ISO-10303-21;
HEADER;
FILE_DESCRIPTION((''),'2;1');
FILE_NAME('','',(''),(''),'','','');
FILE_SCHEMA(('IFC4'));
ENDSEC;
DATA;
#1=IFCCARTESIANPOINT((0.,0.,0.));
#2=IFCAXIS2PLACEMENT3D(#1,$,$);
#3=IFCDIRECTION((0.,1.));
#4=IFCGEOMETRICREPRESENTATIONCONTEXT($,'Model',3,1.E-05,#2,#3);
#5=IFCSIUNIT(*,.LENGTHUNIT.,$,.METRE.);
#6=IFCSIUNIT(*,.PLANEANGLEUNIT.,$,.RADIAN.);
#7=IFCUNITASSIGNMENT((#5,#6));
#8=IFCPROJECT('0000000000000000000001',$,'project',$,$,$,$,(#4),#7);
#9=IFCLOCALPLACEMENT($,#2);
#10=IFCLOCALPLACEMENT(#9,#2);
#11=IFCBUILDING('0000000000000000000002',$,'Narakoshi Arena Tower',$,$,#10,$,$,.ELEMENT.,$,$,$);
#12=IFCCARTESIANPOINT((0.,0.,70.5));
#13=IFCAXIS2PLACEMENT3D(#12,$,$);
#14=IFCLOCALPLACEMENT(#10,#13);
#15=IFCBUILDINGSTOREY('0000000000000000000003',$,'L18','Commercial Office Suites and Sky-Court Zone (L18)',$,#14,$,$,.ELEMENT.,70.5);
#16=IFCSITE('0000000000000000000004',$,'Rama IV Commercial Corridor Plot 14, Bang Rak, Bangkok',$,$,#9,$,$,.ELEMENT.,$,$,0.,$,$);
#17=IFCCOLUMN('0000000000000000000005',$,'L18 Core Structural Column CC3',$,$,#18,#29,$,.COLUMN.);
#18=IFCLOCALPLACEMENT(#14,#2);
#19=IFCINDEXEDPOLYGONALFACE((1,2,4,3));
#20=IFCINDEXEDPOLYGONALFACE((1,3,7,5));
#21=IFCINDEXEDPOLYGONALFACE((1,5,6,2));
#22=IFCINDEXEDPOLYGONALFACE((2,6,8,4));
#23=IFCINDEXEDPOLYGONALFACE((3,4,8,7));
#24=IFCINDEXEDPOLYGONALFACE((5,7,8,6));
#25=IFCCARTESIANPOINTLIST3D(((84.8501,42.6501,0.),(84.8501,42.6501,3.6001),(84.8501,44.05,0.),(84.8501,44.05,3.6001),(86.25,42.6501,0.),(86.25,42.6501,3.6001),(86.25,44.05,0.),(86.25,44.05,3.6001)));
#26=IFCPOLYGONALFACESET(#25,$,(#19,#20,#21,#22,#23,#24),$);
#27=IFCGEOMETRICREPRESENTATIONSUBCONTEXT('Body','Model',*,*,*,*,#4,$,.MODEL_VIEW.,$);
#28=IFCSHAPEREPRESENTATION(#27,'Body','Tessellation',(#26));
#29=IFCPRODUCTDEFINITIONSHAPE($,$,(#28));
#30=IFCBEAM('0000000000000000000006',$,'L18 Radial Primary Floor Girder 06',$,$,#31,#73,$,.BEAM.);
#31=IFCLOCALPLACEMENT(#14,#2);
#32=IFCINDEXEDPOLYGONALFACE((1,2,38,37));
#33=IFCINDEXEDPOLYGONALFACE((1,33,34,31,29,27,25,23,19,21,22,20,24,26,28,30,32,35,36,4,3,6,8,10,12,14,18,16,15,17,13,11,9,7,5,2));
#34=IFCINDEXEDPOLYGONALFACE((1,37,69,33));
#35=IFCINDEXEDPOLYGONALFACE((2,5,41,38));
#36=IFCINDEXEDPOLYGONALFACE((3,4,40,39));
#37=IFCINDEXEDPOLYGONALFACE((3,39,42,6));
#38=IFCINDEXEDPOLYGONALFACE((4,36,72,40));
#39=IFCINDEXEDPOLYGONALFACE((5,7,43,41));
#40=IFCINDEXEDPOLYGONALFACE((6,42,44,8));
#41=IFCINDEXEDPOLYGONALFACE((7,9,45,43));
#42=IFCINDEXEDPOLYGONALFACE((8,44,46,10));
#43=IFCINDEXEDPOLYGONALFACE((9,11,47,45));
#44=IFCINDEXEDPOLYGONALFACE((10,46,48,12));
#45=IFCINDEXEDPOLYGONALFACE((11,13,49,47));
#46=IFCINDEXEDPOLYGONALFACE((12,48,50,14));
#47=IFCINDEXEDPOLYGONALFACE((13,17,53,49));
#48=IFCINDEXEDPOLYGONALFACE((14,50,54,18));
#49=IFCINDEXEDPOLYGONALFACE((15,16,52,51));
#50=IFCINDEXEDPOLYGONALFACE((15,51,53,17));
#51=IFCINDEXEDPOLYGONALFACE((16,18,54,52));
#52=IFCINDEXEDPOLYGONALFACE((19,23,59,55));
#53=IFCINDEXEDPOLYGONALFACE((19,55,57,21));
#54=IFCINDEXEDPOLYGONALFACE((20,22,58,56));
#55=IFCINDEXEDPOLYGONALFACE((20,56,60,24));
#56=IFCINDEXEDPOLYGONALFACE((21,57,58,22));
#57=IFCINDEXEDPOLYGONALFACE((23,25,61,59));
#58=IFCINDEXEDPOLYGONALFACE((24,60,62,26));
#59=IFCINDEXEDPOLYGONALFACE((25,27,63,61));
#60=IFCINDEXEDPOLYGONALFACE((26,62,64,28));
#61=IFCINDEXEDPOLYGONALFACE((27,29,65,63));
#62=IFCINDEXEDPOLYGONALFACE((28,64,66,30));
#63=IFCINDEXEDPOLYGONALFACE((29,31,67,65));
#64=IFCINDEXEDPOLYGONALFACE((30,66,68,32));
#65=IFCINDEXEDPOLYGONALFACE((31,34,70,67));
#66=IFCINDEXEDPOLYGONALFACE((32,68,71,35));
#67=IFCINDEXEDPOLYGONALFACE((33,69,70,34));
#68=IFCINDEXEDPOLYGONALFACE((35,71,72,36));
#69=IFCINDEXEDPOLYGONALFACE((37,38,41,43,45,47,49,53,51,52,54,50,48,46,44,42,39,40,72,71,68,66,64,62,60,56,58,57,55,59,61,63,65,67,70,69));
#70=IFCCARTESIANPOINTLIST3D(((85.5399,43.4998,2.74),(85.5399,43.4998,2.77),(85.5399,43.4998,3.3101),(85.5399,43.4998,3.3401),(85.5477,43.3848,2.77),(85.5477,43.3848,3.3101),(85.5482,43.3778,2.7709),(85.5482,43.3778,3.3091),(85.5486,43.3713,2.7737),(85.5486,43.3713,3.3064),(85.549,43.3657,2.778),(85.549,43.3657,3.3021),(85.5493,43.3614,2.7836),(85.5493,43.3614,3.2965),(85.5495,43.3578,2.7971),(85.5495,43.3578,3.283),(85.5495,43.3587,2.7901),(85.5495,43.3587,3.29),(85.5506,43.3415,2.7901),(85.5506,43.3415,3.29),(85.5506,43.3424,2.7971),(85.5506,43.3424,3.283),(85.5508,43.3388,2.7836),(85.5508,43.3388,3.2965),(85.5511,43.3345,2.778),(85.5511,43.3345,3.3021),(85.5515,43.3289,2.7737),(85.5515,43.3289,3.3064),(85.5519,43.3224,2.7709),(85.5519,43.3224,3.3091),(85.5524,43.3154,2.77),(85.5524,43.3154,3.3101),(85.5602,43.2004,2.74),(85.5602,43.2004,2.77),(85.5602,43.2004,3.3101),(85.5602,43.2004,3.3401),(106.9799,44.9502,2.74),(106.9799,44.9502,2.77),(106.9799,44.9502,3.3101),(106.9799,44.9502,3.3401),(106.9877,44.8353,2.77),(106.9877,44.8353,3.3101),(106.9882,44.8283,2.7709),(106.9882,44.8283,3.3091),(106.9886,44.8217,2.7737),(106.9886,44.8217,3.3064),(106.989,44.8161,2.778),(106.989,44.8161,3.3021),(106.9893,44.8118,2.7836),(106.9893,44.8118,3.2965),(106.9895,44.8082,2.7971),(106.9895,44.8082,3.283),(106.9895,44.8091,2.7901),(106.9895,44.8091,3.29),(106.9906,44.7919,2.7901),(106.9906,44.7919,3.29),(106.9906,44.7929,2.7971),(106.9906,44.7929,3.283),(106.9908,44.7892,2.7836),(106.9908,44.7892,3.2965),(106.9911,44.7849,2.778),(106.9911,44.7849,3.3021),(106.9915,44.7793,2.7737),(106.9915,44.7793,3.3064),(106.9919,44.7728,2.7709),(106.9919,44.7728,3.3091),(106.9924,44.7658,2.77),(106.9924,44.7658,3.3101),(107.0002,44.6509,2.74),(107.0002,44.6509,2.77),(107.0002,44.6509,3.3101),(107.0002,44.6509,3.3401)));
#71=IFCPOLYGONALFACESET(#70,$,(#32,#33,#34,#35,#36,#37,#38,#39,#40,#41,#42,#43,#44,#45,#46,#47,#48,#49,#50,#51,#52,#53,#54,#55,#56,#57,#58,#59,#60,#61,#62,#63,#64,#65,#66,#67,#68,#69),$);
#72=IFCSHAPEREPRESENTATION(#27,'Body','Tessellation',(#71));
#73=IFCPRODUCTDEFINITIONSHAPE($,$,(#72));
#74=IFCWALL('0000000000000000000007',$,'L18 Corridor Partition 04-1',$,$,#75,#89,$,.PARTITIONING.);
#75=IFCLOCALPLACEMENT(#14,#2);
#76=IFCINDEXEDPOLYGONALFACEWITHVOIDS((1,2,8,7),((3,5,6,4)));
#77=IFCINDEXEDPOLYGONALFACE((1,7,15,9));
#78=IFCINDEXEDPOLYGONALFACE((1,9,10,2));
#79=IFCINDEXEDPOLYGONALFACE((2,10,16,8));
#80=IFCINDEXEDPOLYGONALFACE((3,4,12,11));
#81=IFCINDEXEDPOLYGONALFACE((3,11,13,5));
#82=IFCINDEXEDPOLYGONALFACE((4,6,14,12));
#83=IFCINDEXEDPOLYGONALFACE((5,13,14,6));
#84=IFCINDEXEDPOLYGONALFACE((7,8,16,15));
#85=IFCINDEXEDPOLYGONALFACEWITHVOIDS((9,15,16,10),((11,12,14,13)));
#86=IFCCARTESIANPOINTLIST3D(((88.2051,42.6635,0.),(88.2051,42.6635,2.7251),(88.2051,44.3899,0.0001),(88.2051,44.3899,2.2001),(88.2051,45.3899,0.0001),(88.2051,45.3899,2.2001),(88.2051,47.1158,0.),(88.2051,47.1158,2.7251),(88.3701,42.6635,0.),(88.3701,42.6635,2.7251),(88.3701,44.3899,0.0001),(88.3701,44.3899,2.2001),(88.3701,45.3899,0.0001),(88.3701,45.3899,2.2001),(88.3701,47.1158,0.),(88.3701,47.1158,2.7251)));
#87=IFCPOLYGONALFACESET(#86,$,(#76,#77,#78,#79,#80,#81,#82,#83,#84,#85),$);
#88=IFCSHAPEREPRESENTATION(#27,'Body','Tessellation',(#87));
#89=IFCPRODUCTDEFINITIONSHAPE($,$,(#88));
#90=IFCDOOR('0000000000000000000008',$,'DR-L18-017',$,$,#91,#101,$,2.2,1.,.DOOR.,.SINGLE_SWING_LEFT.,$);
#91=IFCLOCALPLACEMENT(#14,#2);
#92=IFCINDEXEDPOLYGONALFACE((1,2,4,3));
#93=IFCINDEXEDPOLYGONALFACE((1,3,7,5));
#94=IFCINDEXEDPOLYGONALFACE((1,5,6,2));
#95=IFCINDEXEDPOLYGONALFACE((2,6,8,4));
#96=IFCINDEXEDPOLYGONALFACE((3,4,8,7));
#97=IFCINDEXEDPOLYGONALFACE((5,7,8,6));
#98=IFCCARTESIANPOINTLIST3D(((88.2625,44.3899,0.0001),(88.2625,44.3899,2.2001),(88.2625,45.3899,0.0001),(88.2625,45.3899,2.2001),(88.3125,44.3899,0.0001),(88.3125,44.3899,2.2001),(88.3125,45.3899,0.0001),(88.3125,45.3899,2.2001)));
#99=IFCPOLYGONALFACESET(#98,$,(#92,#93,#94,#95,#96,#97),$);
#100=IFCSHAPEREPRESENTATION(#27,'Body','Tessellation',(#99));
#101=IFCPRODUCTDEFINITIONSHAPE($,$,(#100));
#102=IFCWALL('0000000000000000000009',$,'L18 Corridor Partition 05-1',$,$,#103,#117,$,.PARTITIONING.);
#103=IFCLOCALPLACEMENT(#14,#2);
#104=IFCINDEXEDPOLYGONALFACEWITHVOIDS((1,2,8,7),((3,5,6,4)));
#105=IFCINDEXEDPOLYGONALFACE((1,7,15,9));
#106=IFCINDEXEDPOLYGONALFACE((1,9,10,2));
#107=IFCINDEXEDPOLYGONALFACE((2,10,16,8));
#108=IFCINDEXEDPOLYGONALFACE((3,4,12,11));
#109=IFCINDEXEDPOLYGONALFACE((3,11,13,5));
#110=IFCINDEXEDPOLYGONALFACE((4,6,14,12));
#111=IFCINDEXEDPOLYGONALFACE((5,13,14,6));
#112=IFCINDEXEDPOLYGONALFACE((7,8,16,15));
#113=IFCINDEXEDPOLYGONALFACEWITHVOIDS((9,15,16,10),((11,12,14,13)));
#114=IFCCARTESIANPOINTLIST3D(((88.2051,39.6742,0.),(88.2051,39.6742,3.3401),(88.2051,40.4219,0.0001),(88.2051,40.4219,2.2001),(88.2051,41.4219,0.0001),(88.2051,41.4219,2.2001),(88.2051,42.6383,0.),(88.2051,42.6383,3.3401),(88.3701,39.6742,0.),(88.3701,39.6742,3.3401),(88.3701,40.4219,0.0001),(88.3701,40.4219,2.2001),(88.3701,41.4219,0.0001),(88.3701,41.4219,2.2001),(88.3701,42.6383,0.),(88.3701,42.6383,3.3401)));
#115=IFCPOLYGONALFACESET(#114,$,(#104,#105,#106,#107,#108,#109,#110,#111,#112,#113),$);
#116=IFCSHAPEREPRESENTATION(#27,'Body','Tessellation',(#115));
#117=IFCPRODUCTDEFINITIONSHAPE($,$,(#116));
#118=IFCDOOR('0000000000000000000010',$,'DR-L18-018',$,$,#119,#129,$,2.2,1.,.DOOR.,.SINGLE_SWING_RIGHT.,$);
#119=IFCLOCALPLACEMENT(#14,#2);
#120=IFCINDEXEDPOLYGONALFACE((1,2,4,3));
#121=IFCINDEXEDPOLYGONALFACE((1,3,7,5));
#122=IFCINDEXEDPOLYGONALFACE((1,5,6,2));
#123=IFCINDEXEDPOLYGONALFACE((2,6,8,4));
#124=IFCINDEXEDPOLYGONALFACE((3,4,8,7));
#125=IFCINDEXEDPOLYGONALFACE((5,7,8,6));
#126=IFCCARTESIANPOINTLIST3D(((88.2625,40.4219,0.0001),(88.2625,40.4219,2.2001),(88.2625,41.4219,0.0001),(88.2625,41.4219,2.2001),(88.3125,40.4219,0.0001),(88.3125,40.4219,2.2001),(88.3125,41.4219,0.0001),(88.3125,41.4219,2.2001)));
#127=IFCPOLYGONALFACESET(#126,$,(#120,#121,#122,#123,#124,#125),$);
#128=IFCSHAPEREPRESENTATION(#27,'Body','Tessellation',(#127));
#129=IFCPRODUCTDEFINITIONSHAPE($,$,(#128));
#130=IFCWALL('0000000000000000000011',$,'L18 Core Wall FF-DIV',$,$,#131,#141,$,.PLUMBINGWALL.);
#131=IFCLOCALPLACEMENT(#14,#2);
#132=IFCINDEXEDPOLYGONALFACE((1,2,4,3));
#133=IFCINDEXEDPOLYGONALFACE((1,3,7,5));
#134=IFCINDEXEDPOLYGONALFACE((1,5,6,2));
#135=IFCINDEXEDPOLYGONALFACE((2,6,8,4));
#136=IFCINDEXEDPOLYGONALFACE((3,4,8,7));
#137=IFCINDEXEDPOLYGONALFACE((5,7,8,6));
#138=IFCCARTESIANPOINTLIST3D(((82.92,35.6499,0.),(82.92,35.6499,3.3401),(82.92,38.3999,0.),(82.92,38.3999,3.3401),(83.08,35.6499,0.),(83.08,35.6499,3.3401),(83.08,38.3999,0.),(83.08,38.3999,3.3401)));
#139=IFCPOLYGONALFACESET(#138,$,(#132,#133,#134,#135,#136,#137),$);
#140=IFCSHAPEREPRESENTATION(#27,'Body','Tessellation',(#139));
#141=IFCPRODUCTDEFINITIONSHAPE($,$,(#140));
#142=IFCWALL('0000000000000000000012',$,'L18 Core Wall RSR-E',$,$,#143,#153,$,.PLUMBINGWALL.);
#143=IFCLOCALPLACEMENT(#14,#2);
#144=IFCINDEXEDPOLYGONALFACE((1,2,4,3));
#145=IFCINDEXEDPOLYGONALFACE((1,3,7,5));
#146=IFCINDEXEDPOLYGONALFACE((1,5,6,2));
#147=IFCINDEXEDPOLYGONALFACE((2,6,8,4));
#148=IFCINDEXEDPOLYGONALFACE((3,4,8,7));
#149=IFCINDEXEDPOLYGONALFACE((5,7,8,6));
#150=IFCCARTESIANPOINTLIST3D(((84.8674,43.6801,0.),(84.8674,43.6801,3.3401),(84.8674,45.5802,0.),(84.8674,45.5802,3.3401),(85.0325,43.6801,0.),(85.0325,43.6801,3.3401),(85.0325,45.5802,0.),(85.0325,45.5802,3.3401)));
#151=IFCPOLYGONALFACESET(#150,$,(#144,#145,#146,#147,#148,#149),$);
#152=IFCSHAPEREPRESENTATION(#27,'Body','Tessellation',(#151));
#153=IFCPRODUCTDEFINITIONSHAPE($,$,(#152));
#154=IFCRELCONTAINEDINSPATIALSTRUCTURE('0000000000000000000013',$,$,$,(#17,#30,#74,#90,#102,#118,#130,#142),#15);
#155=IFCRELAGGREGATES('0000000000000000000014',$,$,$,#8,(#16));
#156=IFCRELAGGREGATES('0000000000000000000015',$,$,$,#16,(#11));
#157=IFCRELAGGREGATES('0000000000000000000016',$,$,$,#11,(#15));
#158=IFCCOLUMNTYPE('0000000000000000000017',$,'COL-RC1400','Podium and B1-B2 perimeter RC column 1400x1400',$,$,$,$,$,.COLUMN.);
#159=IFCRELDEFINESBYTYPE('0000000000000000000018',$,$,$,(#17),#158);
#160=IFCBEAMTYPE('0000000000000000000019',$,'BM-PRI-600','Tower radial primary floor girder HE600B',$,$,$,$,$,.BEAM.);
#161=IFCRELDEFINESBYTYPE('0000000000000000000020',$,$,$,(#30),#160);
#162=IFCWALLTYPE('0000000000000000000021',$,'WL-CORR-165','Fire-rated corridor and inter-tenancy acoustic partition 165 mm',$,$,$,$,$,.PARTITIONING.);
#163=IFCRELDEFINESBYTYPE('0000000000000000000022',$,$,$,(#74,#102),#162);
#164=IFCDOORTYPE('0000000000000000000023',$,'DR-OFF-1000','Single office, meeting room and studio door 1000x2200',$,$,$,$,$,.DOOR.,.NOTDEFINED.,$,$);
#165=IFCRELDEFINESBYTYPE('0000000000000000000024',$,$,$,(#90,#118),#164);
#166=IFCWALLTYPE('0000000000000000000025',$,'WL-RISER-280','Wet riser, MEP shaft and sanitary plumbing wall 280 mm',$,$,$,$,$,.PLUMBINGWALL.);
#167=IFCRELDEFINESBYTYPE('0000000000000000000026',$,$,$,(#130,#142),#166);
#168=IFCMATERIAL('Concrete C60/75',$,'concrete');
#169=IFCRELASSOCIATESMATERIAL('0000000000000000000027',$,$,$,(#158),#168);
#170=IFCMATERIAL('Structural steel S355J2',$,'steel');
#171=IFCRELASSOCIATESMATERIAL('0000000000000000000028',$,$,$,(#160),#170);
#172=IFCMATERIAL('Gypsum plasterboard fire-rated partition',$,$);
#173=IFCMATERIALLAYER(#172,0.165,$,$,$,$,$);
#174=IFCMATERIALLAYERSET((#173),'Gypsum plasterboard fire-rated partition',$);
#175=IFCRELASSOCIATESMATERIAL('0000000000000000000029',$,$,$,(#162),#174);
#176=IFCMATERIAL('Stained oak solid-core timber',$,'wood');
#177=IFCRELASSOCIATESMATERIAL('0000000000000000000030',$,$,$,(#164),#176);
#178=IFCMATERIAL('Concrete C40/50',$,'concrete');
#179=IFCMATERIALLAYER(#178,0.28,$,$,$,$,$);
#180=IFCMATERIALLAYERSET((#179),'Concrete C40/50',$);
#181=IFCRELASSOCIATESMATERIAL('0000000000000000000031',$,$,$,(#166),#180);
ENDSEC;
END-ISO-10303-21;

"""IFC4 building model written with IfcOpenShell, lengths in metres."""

from ifc_helpers import new_model, si_unit, direction, frame, frame_2d, origin, origin_2d, place, context, subcontext, project, spatial, rectangle, i_section, extrude, material, layer, layer_set, material_profile, profile_set, type_object, element, fill, save


model = new_model("IFC4")

# Units and contexts
model_context = context("Model", 3, precision=1e-05, world=origin(), true_north=direction((0.0, 1.0)))
body_context = subcontext(model_context, "Body", "Model", "MODEL_VIEW")
ifc_project = project(units=[si_unit("LENGTHUNIT", "METRE"), si_unit("PLANEANGLEUNIT", "RADIAN")], contexts=[model_context])

# Site, building, storey
site_placement = place(None, origin())
site = spatial("IfcSite", under=ifc_project, at=site_placement, Name="Rama IV Commercial Corridor Plot 14, Bang Rak, Bangkok", CompositionType="ELEMENT", RefElevation=0.0)
building_placement = place(site_placement, origin())
building = spatial("IfcBuilding", under=site, at=building_placement, Name="Narakoshi Arena Tower", CompositionType="ELEMENT")
storey_placement = place(building_placement, frame((0.0, 0.0, 70.5)))
storey = spatial("IfcBuildingStorey", under=building, at=storey_placement, Name="L18", Description="Commercial Office Suites and Sky-Court Zone (L18)", CompositionType="ELEMENT", Elevation=70.5)

# Column
ifc_material_1 = material(Name="Concrete C60/75", Category="concrete")
ifc_material_profile_1 = material_profile(ifc_material_1, rectangle(XDim=1.3999, YDim=1.3999, at=origin_2d()), Name="RC1400x1400")
ifc_profile_set_1 = profile_set([ifc_material_profile_1], Name="Concrete C60/75")
column_type = type_object("IfcColumnType", Name="COL-RC1400", Description="Podium and B1-B2 perimeter RC column 1400x1400", PredefinedType="COLUMN", material=ifc_profile_set_1)
column_placement = place(storey_placement, frame((85.55, 43.3501, 0.0), z_axis=(0.0, 0.0, 1.0), x_axis=(1.0, 0.0, 0.0)))
element("IfcColumn", 1, at=column_placement, inside=storey, type_object=column_type, Name="L18 Core Structural Column CC3", PredefinedType="COLUMN", context=body_context, shape_type="SweptSolid", body=[
    extrude(rectangle(XDim=1.3999, YDim=1.3999, at=origin_2d()), origin(), (0.0, 0.0, 1.0), 3.6001),
])

# Beam
ifc_material_2 = material(Name="Structural steel S355J2", Category="steel")
ifc_material_profile_2 = material_profile(ifc_material_2, i_section(OverallWidth=0.3, OverallDepth=0.6001, WebThickness=0.0154, FlangeThickness=0.03, FilletRadius=0.0271, at=origin_2d()), Name="HE600B")
ifc_profile_set_2 = profile_set([ifc_material_profile_2], Name="Structural steel S355J2")
beam_type = type_object("IfcBeamType", Name="BM-PRI-600", Description="Tower radial primary floor girder HE600B", PredefinedType="BEAM", material=ifc_profile_set_2)
beam_placement = place(storey_placement, frame((85.55, 43.3501, 3.04), z_axis=(0.997719, 0.067497, 0.0), x_axis=(-0.067497, 0.997719, 0.0)))
element("IfcBeam", 2, at=beam_placement, inside=storey, type_object=beam_type, Name="L18 Radial Primary Floor Girder 06", PredefinedType="BEAM", context=body_context, shape_type="SweptSolid", body=[
    extrude(i_section(OverallWidth=0.3, OverallDepth=0.6001, WebThickness=0.0154, FlangeThickness=0.03, FilletRadius=0.0271, at=origin_2d()), origin(), (0.0, 0.0, 1.0), 21.489),
])

# Walls, openings, doors
ifc_material_3 = material(Name="Gypsum plasterboard fire-rated partition")
ifc_layer_1 = layer(ifc_material_3, 0.165)
ifc_layer_set_1 = layer_set([ifc_layer_1], Name="Gypsum plasterboard fire-rated partition")
wall_type_1 = type_object("IfcWallType", Name="WL-CORR-165", Description="Fire-rated corridor and inter-tenancy acoustic partition 165 mm", PredefinedType="PARTITIONING", material=ifc_layer_set_1)
wall_1_placement = place(storey_placement, frame((88.2876, 42.6636, 0.0), z_axis=(0.0, 0.0, 1.0), x_axis=(0.0, 1.0, 0.0)))
wall_1 = element("IfcWall", 3, at=wall_1_placement, inside=storey, type_object=wall_type_1, Name="L18 Corridor Partition 04-1", PredefinedType="PARTITIONING", context=body_context, shape_type="SweptSolid", body=[
    extrude(rectangle(XDim=4.4524, YDim=0.165, at=frame_2d((2.2261, 0.0))), origin(), (0.0, 0.0, 1.0), 2.7251),
])
opening_1_placement = place(wall_1_placement, frame((1.7263, 0.0, 0.0)))
opening_1 = element("IfcOpeningElement", 4, at=opening_1_placement, cuts=wall_1, PredefinedType="OPENING", context=body_context, shape_type="SweptSolid", body=[
    extrude(rectangle(XDim=1.0, YDim=2.2, at=frame_2d((0.5, 1.1001))), frame((0.0, 0.0925, 0.0), z_axis=(0.0, -1.0, 0.0), x_axis=(1.0, 0.0, 0.0)), (0.0, 0.0, 1.0), 0.1851),
])
ifc_material_4 = material(Name="Stained oak solid-core timber", Category="wood")
door_type_1 = type_object("IfcDoorType", Name="DR-OFF-1000", Description="Single office, meeting room and studio door 1000x2200", OperationType="NOTDEFINED", PredefinedType="DOOR", material=ifc_material_4)
door_1_placement = place(opening_1_placement, frame((1.0, 0.0, 0.0), z_axis=(0.0, 0.0, 1.0), x_axis=(-1.0, 0.0, 0.0)))
door_1 = element("IfcDoor", 5, at=door_1_placement, inside=storey, type_object=door_type_1, Name="DR-L18-017", OperationType="SINGLE_SWING_LEFT", OverallHeight=2.2, OverallWidth=1.0, PredefinedType="DOOR", context=body_context, shape_type="SweptSolid", body=[
    extrude(rectangle(XDim=1.0, YDim=2.2, at=frame_2d((0.5, 1.1001))), frame((0.0, 0.0249, 0.0), z_axis=(0.0, -1.0, 0.0), x_axis=(1.0, 0.0, 0.0)), (0.0, 0.0, 1.0), 0.05),
])
fill(opening_1, door_1)
wall_2_placement = place(storey_placement, frame((88.2876, 39.6743, 0.0), z_axis=(0.0, 0.0, 1.0), x_axis=(0.0, 1.0, 0.0)))
wall_2 = element("IfcWall", 6, at=wall_2_placement, inside=storey, type_object=wall_type_1, Name="L18 Corridor Partition 05-1", PredefinedType="PARTITIONING", context=body_context, shape_type="SweptSolid", body=[
    extrude(rectangle(XDim=2.9641, YDim=0.165, at=frame_2d((1.4819, 0.0))), origin(), (0.0, 0.0, 1.0), 3.3401),
])
opening_2_placement = place(wall_2_placement, frame((0.7476, 0.0, 0.0)))
opening_2 = element("IfcOpeningElement", 7, at=opening_2_placement, cuts=wall_2, PredefinedType="OPENING", context=body_context, shape_type="SweptSolid", body=[
    extrude(rectangle(XDim=1.0, YDim=2.2, at=frame_2d((0.5, 1.1001))), frame((0.0, 0.0925, 0.0), z_axis=(0.0, -1.0, 0.0), x_axis=(1.0, 0.0, 0.0)), (0.0, 0.0, 1.0), 0.1851),
])
door_2_placement = place(opening_2_placement, frame((1.0, 0.0, 0.0), z_axis=(0.0, 0.0, 1.0), x_axis=(-1.0, 0.0, 0.0)))
door_2 = element("IfcDoor", 8, at=door_2_placement, inside=storey, type_object=door_type_1, Name="DR-L18-018", OperationType="SINGLE_SWING_RIGHT", OverallHeight=2.2, OverallWidth=1.0, PredefinedType="DOOR", context=body_context, shape_type="SweptSolid", body=[
    extrude(rectangle(XDim=1.0, YDim=2.2, at=frame_2d((0.5, 1.1001))), frame((0.0, 0.0249, 0.0), z_axis=(0.0, -1.0, 0.0), x_axis=(1.0, 0.0, 0.0)), (0.0, 0.0, 1.0), 0.05),
])
fill(opening_2, door_2)

# Walls
ifc_material_5 = material(Name="Concrete C40/50", Category="concrete")
ifc_layer_2 = layer(ifc_material_5, 0.28)
ifc_layer_set_2 = layer_set([ifc_layer_2], Name="Concrete C40/50")
wall_type_2 = type_object("IfcWallType", Name="WL-RISER-280", Description="Wet riser, MEP shaft and sanitary plumbing wall 280 mm", PredefinedType="PLUMBINGWALL", material=ifc_layer_set_2)
wall_3_placement = place(storey_placement, frame((83.0, 35.6499, 0.0), z_axis=(0.0, 0.0, 1.0), x_axis=(0.0, 1.0, 0.0)))
element("IfcWall", 9, at=wall_3_placement, inside=storey, type_object=wall_type_2, Name="L18 Core Wall FF-DIV", PredefinedType="PLUMBINGWALL", context=body_context, shape_type="SweptSolid", body=[
    extrude(rectangle(XDim=2.75, YDim=0.1599, at=frame_2d((1.375, 0.0))), origin(), (0.0, 0.0, 1.0), 3.3401),
])
wall_4_placement = place(storey_placement, frame((84.95, 43.6799, 0.0), z_axis=(0.0, 0.0, 1.0), x_axis=(0.0, 1.0, 0.0)))
element("IfcWall", 10, at=wall_4_placement, inside=storey, type_object=wall_type_2, Name="L18 Core Wall RSR-E", PredefinedType="PLUMBINGWALL", context=body_context, shape_type="SweptSolid", body=[
    extrude(rectangle(XDim=1.9001, YDim=0.165, at=frame_2d((0.9502, 0.0))), origin(), (0.0, 0.0, 1.0), 3.3401),
])

save(model, "model.ifc")
